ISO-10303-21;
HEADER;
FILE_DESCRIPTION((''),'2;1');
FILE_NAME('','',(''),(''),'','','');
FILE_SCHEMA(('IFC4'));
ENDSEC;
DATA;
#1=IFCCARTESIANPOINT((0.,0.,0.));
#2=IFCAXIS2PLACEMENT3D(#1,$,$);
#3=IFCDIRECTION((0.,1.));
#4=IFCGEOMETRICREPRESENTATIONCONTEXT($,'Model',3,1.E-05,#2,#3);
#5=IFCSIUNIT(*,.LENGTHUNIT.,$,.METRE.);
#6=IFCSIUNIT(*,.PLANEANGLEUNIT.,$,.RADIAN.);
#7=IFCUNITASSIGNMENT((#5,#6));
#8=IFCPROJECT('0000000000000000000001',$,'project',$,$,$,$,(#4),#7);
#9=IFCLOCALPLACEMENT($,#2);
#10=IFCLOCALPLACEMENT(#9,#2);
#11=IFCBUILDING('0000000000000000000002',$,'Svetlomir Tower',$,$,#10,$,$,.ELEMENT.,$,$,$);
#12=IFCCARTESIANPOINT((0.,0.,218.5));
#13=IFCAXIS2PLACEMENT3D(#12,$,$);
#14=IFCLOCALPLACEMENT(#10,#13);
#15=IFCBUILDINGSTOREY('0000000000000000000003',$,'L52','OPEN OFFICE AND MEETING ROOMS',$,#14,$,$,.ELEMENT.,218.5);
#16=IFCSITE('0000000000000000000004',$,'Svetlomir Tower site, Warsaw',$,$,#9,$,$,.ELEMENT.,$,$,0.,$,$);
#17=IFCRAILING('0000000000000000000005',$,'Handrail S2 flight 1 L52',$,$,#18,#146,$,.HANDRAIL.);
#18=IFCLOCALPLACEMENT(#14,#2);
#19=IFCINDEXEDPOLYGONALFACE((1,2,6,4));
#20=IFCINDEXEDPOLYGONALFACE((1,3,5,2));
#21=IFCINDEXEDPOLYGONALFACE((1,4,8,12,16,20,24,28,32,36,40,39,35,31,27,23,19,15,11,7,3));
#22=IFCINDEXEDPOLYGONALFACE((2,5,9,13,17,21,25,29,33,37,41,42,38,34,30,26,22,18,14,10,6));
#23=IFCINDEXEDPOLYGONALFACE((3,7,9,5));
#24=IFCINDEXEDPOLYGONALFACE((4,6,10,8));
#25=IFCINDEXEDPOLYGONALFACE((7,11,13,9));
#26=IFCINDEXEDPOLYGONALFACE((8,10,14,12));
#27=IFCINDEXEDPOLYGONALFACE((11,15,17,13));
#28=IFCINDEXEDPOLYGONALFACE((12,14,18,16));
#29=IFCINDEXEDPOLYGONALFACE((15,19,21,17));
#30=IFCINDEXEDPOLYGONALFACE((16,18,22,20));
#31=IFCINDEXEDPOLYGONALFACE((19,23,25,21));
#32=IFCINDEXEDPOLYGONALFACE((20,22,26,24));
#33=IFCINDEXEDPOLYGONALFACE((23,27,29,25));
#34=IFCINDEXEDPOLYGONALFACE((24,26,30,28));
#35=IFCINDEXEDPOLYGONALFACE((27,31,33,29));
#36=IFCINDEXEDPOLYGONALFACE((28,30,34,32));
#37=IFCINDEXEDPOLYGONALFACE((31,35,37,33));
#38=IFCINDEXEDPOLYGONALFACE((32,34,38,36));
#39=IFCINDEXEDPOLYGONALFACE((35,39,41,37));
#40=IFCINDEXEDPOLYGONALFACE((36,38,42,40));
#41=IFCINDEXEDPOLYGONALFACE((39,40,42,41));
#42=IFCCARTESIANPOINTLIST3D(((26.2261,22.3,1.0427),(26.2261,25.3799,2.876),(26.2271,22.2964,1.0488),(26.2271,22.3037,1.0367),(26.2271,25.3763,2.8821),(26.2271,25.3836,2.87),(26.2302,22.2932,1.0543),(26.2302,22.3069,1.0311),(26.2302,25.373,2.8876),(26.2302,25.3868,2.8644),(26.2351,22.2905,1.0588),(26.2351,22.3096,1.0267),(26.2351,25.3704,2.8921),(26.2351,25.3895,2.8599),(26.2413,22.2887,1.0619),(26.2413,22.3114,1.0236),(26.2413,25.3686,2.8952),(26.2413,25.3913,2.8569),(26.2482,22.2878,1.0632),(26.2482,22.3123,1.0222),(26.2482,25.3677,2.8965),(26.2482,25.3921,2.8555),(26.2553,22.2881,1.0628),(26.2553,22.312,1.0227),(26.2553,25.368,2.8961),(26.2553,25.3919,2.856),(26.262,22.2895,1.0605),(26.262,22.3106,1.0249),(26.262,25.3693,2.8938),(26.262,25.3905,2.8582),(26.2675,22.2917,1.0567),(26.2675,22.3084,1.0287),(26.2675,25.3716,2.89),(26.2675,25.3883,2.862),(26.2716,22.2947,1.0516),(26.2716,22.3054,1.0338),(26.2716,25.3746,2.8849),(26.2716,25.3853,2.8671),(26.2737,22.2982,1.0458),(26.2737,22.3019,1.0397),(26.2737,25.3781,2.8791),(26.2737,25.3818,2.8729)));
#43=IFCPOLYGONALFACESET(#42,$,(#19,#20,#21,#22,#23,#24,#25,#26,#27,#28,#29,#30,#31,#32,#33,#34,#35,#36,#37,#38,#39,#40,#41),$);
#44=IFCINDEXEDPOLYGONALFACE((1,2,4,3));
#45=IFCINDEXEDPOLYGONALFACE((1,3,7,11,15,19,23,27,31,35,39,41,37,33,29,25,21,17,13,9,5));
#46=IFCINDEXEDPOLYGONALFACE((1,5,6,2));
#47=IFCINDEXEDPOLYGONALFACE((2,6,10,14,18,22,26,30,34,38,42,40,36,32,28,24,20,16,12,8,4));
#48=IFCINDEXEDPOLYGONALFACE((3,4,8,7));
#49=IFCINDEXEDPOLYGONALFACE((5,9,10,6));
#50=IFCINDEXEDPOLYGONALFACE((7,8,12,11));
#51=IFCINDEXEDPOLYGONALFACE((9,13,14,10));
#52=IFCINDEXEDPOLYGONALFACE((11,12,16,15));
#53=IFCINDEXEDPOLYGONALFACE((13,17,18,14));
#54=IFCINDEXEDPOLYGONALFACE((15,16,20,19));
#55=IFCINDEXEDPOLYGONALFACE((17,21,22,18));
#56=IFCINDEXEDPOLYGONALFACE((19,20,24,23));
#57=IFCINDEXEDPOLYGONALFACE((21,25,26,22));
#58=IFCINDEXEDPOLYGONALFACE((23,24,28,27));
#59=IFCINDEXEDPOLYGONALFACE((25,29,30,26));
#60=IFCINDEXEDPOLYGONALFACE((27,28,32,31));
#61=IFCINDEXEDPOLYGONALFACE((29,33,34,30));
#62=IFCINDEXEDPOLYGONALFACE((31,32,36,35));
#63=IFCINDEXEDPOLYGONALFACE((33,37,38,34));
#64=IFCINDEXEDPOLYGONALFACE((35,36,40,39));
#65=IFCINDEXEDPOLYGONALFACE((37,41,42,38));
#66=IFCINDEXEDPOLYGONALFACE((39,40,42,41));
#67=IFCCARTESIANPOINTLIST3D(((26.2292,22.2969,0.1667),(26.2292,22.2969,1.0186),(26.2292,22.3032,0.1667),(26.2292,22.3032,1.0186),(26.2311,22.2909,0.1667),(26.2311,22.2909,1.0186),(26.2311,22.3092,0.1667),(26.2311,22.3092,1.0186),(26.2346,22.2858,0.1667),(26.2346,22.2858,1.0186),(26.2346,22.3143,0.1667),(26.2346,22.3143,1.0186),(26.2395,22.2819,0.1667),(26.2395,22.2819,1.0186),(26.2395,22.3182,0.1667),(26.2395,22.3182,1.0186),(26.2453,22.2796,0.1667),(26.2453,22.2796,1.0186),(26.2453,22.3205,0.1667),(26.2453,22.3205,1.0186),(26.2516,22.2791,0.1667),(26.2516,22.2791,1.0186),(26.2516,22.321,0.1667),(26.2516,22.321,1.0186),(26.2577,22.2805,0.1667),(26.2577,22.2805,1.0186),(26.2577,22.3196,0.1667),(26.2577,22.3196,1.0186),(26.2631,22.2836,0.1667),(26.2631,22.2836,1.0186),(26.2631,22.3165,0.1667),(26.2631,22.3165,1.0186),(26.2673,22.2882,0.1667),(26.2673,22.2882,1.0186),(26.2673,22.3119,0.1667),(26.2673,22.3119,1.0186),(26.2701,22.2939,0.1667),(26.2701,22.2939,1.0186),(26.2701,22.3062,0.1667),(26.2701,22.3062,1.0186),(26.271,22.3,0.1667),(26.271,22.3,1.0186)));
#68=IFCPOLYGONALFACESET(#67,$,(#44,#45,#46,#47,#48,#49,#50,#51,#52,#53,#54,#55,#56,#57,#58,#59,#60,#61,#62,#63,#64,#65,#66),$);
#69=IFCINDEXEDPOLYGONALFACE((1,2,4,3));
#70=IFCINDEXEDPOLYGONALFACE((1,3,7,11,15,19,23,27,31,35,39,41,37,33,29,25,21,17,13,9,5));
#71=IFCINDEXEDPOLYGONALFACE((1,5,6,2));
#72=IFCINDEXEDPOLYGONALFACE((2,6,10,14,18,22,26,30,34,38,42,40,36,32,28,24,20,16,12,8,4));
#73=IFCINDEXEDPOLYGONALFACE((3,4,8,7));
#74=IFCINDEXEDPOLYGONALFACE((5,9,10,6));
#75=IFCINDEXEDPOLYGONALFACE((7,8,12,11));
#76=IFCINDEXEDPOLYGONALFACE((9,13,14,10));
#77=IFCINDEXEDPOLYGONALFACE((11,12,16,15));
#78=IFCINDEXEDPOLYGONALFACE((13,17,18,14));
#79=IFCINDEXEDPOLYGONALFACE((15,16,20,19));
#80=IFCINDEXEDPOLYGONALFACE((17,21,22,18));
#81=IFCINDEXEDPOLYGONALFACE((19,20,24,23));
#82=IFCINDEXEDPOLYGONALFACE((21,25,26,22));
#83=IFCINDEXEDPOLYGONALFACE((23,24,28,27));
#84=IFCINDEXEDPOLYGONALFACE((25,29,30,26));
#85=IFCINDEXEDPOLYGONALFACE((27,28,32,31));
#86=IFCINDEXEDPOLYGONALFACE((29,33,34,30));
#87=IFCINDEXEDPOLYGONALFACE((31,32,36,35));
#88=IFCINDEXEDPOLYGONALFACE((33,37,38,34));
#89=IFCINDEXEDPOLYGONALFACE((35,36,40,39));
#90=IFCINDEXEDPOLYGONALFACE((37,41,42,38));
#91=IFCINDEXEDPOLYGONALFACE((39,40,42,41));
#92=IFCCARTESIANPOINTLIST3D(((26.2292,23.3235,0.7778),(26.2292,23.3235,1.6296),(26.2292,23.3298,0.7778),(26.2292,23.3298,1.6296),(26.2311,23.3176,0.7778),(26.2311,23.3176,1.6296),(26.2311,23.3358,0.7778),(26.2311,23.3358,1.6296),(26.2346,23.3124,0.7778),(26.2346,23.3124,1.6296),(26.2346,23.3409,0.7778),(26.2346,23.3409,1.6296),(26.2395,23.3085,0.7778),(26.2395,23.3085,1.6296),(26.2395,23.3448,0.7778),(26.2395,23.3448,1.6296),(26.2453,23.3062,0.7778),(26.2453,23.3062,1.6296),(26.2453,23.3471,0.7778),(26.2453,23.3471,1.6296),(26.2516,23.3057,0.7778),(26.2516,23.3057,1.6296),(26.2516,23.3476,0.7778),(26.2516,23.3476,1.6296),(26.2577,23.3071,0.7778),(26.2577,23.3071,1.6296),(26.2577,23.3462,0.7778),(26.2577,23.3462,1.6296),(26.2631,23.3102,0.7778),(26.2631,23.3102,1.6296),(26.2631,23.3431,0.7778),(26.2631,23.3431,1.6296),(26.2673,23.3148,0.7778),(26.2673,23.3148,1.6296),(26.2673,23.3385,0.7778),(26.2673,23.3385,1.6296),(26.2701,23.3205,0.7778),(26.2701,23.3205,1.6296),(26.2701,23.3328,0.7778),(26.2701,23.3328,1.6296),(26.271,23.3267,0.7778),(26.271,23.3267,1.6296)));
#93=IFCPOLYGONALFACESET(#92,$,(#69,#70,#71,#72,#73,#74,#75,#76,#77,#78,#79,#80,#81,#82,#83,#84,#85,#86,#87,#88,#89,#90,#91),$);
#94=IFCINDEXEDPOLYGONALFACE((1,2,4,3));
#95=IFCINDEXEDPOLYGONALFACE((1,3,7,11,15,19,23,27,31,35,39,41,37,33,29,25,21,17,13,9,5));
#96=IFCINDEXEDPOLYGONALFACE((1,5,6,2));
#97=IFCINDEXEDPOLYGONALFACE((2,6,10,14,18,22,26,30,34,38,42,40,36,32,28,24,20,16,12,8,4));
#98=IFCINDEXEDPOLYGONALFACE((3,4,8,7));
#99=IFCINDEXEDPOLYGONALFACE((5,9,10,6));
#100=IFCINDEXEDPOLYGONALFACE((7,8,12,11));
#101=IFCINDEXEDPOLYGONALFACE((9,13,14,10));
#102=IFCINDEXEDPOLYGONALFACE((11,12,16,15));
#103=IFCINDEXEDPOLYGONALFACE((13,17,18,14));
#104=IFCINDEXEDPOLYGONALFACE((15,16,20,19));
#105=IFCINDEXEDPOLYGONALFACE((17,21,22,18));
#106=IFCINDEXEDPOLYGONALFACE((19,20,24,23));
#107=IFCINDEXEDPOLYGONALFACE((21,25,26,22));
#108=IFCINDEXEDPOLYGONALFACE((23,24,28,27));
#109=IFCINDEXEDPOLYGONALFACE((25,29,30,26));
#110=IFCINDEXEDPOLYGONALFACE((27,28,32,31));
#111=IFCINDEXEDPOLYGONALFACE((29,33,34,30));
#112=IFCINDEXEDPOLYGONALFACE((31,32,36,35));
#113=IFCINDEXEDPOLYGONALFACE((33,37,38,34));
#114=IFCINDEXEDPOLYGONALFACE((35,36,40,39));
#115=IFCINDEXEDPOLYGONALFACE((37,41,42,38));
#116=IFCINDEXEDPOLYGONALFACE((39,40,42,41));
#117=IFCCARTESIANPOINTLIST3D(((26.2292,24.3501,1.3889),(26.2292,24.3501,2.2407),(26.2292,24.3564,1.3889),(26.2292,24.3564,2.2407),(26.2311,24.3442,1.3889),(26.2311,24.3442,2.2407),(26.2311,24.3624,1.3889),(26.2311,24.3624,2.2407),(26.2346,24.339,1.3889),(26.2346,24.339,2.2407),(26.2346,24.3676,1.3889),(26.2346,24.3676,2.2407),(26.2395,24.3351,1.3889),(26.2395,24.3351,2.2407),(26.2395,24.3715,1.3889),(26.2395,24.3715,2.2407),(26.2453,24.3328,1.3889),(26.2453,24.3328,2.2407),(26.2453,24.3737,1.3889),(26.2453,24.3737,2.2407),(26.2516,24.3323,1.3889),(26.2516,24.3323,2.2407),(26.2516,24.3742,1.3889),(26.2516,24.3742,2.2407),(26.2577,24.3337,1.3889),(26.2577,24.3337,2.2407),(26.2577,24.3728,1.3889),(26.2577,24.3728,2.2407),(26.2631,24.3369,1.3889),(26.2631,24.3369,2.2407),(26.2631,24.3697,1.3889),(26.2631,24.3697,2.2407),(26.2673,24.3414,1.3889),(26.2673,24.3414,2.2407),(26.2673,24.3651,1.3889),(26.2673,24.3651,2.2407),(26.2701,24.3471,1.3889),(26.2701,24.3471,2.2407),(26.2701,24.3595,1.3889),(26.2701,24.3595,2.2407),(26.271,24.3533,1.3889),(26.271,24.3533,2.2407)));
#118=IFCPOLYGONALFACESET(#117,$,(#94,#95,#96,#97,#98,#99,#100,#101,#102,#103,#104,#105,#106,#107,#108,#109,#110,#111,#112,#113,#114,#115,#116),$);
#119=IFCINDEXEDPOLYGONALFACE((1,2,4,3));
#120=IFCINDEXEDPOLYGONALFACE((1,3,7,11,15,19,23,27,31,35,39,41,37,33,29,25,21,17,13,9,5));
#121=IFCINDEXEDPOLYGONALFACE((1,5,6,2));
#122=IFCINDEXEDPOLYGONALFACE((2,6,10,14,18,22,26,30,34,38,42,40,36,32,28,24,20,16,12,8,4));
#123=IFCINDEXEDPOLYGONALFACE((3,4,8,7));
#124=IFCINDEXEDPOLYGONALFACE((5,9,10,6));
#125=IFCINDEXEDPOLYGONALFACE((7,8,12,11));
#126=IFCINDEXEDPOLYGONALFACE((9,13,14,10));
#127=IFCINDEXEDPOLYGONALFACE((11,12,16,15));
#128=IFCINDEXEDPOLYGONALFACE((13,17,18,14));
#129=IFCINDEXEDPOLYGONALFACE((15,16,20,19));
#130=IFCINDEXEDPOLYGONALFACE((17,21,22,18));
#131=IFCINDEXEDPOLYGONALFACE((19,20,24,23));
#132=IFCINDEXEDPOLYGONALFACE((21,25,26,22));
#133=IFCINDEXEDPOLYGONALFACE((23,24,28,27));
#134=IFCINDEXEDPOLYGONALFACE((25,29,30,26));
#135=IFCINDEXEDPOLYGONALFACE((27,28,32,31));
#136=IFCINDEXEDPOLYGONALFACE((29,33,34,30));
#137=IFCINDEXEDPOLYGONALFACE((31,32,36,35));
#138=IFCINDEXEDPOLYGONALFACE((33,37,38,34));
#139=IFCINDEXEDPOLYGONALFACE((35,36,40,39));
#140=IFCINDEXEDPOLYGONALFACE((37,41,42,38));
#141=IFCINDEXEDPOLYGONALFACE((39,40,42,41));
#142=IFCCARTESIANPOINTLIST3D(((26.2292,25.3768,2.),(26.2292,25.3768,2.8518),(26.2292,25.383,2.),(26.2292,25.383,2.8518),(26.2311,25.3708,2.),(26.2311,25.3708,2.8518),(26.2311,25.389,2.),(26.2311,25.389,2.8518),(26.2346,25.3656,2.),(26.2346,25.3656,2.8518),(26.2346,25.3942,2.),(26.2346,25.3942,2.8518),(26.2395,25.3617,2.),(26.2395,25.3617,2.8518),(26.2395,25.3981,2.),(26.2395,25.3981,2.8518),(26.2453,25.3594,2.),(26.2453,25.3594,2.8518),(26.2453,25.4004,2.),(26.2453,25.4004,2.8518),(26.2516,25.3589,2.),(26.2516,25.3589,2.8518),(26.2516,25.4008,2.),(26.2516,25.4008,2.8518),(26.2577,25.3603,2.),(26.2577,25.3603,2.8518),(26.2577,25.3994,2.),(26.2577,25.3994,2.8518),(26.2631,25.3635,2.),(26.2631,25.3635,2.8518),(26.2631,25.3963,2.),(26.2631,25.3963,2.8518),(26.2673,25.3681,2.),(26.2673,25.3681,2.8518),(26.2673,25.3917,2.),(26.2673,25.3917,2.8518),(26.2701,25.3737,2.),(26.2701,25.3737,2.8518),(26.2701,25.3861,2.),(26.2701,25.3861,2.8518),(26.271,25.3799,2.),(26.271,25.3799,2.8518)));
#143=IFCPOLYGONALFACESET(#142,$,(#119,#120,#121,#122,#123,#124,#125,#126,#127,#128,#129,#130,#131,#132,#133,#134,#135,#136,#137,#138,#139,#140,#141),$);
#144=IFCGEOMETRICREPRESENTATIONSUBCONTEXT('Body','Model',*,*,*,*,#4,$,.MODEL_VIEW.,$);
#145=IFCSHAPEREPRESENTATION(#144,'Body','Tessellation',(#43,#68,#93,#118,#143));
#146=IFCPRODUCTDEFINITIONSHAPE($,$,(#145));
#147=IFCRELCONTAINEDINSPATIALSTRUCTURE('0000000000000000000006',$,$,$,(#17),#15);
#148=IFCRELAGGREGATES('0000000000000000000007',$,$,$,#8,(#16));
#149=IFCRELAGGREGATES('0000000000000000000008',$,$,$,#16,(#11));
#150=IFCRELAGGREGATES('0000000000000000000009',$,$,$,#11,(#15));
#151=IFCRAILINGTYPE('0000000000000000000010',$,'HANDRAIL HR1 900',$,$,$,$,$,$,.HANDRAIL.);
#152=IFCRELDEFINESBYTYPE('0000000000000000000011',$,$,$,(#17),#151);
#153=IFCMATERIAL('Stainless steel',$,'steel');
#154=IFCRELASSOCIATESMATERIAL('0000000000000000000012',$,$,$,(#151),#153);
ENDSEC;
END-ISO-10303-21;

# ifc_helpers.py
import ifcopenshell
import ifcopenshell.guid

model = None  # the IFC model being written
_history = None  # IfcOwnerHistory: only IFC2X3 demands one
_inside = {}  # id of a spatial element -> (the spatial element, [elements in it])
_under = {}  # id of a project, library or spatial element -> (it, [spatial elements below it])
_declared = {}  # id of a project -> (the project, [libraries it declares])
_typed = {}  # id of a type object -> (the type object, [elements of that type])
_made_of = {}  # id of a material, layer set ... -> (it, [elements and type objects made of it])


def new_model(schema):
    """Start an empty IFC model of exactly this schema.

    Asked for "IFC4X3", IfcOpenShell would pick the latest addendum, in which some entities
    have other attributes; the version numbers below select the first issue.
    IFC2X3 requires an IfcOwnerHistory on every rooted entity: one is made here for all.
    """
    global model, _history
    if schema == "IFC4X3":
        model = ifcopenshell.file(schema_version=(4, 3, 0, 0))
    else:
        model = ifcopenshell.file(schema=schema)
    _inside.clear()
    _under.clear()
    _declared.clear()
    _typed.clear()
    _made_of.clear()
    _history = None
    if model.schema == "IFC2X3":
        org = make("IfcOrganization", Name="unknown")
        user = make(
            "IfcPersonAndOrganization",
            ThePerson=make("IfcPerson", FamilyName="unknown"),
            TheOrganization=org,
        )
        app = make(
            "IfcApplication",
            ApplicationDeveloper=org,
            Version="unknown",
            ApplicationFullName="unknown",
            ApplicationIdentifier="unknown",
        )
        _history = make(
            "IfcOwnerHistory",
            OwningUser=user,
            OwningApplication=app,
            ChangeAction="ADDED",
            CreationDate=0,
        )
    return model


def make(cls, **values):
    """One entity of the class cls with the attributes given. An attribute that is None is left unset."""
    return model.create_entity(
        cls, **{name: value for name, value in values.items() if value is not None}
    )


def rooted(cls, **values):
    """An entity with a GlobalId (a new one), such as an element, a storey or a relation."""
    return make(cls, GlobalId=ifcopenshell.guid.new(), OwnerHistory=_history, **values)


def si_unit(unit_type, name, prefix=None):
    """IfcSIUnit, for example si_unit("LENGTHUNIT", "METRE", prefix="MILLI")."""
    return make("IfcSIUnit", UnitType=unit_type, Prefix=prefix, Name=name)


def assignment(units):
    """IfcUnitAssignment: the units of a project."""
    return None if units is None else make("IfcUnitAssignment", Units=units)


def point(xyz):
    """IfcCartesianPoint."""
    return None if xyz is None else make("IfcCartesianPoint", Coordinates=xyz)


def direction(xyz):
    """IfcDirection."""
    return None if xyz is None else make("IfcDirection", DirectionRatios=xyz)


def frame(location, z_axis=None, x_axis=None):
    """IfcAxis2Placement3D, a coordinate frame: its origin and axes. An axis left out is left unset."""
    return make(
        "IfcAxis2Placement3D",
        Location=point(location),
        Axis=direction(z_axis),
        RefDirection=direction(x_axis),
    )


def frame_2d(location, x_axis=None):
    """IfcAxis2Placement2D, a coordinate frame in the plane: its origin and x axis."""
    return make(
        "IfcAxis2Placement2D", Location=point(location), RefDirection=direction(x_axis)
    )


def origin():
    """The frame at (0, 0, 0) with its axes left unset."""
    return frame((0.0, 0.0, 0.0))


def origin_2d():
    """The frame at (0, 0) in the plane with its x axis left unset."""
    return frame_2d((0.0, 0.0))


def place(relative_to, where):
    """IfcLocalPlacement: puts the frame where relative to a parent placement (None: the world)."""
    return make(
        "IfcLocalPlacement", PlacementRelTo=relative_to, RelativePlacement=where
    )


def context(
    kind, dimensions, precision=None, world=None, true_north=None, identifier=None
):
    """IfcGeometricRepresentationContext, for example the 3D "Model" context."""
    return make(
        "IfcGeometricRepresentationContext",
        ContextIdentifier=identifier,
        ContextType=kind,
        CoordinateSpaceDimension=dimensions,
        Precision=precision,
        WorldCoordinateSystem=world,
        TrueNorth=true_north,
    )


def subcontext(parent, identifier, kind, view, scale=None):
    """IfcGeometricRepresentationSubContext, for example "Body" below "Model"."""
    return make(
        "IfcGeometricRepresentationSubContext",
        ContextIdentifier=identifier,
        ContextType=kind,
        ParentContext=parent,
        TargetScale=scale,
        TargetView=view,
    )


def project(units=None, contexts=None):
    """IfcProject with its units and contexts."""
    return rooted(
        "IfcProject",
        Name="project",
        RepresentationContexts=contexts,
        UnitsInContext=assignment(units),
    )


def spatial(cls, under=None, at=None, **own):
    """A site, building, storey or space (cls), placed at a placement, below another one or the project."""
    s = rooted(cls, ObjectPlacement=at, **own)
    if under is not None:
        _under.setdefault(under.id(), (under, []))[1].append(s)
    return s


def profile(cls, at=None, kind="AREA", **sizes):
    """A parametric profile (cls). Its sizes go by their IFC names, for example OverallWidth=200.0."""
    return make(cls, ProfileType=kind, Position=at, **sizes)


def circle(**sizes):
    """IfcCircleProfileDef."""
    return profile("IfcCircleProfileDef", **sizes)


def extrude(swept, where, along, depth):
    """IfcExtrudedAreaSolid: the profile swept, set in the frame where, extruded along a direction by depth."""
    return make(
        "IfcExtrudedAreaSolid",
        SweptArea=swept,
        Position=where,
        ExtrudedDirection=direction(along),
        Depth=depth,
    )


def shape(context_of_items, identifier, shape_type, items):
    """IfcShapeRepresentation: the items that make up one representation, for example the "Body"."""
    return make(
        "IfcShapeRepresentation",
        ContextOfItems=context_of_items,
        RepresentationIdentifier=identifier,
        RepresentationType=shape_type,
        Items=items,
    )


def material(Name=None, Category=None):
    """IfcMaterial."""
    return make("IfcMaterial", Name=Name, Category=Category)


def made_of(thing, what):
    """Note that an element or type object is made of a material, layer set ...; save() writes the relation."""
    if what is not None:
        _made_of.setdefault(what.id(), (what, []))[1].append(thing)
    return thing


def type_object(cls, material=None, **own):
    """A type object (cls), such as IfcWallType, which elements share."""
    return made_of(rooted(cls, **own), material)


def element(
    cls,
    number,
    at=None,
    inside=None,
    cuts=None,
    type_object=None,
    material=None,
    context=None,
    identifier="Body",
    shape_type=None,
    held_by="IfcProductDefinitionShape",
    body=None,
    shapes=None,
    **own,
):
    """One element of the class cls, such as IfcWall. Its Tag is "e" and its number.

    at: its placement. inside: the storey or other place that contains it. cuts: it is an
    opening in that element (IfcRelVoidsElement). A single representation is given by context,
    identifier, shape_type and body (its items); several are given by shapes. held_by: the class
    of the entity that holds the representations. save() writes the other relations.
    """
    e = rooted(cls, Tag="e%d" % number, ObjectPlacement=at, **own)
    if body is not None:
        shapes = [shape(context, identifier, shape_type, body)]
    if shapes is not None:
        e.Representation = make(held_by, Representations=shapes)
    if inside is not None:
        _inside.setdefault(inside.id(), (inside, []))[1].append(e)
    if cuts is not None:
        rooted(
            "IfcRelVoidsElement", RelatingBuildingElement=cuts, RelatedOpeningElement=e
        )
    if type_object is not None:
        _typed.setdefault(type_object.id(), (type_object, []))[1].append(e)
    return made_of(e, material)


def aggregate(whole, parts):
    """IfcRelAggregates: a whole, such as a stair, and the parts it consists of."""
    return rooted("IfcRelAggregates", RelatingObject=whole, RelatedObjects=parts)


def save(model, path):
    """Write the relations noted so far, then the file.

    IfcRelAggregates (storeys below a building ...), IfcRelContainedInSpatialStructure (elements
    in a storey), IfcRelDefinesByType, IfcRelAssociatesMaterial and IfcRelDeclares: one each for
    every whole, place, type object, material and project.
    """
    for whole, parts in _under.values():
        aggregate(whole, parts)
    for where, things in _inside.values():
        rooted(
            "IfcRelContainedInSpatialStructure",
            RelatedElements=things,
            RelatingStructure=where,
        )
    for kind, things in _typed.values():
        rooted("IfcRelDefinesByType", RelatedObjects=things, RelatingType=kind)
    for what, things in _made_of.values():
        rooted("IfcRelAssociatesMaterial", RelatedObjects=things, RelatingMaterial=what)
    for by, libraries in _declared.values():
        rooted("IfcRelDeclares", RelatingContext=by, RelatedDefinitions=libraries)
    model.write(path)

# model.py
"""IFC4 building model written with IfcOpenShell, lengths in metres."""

from ifc_helpers import new_model, si_unit, direction, frame, origin, origin_2d, place, context, subcontext, project, spatial, circle, extrude, material, type_object, element, save


model = new_model("IFC4")

# Units and contexts
model_context = context("Model", 3, precision=1e-05, world=origin(), true_north=direction((0.0, 1.0)))
body_context = subcontext(model_context, "Body", "Model", "MODEL_VIEW")
ifc_project = project(units=[si_unit("LENGTHUNIT", "METRE"), si_unit("PLANEANGLEUNIT", "RADIAN")], contexts=[model_context])

# Site, building, storey
site_placement = place(None, origin())
site = spatial("IfcSite", under=ifc_project, at=site_placement, Name="Svetlomir Tower site, Warsaw", CompositionType="ELEMENT", RefElevation=0.0)
building_placement = place(site_placement, origin())
building = spatial("IfcBuilding", under=site, at=building_placement, Name="Svetlomir Tower", CompositionType="ELEMENT")
storey_placement = place(building_placement, frame((0.0, 0.0, 218.5)))
storey = spatial("IfcBuildingStorey", under=building, at=storey_placement, Name="L52", Description="OPEN OFFICE AND MEETING ROOMS", CompositionType="ELEMENT", Elevation=218.5)

# Railing
ifc_material_1 = material(Name="Stainless steel", Category="steel")
railing_type = type_object("IfcRailingType", Name="HANDRAIL HR1 900", PredefinedType="HANDRAIL", material=ifc_material_1)
railing_1_placement = place(storey_placement, frame((26.25, 22.3, 0.1667)))
element("IfcRailing", 1, at=railing_1_placement, inside=storey, type_object=railing_type, Name="Handrail S2 flight 1 L52", PredefinedType="HANDRAIL", context=body_context, shape_type="SweptSolid", body=[
    extrude(circle(Radius=0.0239, at=origin_2d()), frame((0.0, 0.0, 0.876), z_axis=(0.0, 0.859291, 0.511487), x_axis=(-1.0, 0.0, 0.0)), (0.0, 0.0, 1.0), 3.5842),
    extrude(circle(Radius=0.021, at=origin_2d()), origin(), (0.0, 0.0, 1.0), 0.8518),
    extrude(circle(Radius=0.021, at=origin_2d()), frame((0.0, 1.0266, 0.6111)), (0.0, 0.0, 1.0), 0.8518),
    extrude(circle(Radius=0.021, at=origin_2d()), frame((0.0, 2.0532, 1.2222)), (0.0, 0.0, 1.0), 0.8518),
    extrude(circle(Radius=0.021, at=origin_2d()), frame((0.0, 3.0798, 1.8333)), (0.0, 0.0, 1.0), 0.8518),
])

save(model, "model.ifc")
